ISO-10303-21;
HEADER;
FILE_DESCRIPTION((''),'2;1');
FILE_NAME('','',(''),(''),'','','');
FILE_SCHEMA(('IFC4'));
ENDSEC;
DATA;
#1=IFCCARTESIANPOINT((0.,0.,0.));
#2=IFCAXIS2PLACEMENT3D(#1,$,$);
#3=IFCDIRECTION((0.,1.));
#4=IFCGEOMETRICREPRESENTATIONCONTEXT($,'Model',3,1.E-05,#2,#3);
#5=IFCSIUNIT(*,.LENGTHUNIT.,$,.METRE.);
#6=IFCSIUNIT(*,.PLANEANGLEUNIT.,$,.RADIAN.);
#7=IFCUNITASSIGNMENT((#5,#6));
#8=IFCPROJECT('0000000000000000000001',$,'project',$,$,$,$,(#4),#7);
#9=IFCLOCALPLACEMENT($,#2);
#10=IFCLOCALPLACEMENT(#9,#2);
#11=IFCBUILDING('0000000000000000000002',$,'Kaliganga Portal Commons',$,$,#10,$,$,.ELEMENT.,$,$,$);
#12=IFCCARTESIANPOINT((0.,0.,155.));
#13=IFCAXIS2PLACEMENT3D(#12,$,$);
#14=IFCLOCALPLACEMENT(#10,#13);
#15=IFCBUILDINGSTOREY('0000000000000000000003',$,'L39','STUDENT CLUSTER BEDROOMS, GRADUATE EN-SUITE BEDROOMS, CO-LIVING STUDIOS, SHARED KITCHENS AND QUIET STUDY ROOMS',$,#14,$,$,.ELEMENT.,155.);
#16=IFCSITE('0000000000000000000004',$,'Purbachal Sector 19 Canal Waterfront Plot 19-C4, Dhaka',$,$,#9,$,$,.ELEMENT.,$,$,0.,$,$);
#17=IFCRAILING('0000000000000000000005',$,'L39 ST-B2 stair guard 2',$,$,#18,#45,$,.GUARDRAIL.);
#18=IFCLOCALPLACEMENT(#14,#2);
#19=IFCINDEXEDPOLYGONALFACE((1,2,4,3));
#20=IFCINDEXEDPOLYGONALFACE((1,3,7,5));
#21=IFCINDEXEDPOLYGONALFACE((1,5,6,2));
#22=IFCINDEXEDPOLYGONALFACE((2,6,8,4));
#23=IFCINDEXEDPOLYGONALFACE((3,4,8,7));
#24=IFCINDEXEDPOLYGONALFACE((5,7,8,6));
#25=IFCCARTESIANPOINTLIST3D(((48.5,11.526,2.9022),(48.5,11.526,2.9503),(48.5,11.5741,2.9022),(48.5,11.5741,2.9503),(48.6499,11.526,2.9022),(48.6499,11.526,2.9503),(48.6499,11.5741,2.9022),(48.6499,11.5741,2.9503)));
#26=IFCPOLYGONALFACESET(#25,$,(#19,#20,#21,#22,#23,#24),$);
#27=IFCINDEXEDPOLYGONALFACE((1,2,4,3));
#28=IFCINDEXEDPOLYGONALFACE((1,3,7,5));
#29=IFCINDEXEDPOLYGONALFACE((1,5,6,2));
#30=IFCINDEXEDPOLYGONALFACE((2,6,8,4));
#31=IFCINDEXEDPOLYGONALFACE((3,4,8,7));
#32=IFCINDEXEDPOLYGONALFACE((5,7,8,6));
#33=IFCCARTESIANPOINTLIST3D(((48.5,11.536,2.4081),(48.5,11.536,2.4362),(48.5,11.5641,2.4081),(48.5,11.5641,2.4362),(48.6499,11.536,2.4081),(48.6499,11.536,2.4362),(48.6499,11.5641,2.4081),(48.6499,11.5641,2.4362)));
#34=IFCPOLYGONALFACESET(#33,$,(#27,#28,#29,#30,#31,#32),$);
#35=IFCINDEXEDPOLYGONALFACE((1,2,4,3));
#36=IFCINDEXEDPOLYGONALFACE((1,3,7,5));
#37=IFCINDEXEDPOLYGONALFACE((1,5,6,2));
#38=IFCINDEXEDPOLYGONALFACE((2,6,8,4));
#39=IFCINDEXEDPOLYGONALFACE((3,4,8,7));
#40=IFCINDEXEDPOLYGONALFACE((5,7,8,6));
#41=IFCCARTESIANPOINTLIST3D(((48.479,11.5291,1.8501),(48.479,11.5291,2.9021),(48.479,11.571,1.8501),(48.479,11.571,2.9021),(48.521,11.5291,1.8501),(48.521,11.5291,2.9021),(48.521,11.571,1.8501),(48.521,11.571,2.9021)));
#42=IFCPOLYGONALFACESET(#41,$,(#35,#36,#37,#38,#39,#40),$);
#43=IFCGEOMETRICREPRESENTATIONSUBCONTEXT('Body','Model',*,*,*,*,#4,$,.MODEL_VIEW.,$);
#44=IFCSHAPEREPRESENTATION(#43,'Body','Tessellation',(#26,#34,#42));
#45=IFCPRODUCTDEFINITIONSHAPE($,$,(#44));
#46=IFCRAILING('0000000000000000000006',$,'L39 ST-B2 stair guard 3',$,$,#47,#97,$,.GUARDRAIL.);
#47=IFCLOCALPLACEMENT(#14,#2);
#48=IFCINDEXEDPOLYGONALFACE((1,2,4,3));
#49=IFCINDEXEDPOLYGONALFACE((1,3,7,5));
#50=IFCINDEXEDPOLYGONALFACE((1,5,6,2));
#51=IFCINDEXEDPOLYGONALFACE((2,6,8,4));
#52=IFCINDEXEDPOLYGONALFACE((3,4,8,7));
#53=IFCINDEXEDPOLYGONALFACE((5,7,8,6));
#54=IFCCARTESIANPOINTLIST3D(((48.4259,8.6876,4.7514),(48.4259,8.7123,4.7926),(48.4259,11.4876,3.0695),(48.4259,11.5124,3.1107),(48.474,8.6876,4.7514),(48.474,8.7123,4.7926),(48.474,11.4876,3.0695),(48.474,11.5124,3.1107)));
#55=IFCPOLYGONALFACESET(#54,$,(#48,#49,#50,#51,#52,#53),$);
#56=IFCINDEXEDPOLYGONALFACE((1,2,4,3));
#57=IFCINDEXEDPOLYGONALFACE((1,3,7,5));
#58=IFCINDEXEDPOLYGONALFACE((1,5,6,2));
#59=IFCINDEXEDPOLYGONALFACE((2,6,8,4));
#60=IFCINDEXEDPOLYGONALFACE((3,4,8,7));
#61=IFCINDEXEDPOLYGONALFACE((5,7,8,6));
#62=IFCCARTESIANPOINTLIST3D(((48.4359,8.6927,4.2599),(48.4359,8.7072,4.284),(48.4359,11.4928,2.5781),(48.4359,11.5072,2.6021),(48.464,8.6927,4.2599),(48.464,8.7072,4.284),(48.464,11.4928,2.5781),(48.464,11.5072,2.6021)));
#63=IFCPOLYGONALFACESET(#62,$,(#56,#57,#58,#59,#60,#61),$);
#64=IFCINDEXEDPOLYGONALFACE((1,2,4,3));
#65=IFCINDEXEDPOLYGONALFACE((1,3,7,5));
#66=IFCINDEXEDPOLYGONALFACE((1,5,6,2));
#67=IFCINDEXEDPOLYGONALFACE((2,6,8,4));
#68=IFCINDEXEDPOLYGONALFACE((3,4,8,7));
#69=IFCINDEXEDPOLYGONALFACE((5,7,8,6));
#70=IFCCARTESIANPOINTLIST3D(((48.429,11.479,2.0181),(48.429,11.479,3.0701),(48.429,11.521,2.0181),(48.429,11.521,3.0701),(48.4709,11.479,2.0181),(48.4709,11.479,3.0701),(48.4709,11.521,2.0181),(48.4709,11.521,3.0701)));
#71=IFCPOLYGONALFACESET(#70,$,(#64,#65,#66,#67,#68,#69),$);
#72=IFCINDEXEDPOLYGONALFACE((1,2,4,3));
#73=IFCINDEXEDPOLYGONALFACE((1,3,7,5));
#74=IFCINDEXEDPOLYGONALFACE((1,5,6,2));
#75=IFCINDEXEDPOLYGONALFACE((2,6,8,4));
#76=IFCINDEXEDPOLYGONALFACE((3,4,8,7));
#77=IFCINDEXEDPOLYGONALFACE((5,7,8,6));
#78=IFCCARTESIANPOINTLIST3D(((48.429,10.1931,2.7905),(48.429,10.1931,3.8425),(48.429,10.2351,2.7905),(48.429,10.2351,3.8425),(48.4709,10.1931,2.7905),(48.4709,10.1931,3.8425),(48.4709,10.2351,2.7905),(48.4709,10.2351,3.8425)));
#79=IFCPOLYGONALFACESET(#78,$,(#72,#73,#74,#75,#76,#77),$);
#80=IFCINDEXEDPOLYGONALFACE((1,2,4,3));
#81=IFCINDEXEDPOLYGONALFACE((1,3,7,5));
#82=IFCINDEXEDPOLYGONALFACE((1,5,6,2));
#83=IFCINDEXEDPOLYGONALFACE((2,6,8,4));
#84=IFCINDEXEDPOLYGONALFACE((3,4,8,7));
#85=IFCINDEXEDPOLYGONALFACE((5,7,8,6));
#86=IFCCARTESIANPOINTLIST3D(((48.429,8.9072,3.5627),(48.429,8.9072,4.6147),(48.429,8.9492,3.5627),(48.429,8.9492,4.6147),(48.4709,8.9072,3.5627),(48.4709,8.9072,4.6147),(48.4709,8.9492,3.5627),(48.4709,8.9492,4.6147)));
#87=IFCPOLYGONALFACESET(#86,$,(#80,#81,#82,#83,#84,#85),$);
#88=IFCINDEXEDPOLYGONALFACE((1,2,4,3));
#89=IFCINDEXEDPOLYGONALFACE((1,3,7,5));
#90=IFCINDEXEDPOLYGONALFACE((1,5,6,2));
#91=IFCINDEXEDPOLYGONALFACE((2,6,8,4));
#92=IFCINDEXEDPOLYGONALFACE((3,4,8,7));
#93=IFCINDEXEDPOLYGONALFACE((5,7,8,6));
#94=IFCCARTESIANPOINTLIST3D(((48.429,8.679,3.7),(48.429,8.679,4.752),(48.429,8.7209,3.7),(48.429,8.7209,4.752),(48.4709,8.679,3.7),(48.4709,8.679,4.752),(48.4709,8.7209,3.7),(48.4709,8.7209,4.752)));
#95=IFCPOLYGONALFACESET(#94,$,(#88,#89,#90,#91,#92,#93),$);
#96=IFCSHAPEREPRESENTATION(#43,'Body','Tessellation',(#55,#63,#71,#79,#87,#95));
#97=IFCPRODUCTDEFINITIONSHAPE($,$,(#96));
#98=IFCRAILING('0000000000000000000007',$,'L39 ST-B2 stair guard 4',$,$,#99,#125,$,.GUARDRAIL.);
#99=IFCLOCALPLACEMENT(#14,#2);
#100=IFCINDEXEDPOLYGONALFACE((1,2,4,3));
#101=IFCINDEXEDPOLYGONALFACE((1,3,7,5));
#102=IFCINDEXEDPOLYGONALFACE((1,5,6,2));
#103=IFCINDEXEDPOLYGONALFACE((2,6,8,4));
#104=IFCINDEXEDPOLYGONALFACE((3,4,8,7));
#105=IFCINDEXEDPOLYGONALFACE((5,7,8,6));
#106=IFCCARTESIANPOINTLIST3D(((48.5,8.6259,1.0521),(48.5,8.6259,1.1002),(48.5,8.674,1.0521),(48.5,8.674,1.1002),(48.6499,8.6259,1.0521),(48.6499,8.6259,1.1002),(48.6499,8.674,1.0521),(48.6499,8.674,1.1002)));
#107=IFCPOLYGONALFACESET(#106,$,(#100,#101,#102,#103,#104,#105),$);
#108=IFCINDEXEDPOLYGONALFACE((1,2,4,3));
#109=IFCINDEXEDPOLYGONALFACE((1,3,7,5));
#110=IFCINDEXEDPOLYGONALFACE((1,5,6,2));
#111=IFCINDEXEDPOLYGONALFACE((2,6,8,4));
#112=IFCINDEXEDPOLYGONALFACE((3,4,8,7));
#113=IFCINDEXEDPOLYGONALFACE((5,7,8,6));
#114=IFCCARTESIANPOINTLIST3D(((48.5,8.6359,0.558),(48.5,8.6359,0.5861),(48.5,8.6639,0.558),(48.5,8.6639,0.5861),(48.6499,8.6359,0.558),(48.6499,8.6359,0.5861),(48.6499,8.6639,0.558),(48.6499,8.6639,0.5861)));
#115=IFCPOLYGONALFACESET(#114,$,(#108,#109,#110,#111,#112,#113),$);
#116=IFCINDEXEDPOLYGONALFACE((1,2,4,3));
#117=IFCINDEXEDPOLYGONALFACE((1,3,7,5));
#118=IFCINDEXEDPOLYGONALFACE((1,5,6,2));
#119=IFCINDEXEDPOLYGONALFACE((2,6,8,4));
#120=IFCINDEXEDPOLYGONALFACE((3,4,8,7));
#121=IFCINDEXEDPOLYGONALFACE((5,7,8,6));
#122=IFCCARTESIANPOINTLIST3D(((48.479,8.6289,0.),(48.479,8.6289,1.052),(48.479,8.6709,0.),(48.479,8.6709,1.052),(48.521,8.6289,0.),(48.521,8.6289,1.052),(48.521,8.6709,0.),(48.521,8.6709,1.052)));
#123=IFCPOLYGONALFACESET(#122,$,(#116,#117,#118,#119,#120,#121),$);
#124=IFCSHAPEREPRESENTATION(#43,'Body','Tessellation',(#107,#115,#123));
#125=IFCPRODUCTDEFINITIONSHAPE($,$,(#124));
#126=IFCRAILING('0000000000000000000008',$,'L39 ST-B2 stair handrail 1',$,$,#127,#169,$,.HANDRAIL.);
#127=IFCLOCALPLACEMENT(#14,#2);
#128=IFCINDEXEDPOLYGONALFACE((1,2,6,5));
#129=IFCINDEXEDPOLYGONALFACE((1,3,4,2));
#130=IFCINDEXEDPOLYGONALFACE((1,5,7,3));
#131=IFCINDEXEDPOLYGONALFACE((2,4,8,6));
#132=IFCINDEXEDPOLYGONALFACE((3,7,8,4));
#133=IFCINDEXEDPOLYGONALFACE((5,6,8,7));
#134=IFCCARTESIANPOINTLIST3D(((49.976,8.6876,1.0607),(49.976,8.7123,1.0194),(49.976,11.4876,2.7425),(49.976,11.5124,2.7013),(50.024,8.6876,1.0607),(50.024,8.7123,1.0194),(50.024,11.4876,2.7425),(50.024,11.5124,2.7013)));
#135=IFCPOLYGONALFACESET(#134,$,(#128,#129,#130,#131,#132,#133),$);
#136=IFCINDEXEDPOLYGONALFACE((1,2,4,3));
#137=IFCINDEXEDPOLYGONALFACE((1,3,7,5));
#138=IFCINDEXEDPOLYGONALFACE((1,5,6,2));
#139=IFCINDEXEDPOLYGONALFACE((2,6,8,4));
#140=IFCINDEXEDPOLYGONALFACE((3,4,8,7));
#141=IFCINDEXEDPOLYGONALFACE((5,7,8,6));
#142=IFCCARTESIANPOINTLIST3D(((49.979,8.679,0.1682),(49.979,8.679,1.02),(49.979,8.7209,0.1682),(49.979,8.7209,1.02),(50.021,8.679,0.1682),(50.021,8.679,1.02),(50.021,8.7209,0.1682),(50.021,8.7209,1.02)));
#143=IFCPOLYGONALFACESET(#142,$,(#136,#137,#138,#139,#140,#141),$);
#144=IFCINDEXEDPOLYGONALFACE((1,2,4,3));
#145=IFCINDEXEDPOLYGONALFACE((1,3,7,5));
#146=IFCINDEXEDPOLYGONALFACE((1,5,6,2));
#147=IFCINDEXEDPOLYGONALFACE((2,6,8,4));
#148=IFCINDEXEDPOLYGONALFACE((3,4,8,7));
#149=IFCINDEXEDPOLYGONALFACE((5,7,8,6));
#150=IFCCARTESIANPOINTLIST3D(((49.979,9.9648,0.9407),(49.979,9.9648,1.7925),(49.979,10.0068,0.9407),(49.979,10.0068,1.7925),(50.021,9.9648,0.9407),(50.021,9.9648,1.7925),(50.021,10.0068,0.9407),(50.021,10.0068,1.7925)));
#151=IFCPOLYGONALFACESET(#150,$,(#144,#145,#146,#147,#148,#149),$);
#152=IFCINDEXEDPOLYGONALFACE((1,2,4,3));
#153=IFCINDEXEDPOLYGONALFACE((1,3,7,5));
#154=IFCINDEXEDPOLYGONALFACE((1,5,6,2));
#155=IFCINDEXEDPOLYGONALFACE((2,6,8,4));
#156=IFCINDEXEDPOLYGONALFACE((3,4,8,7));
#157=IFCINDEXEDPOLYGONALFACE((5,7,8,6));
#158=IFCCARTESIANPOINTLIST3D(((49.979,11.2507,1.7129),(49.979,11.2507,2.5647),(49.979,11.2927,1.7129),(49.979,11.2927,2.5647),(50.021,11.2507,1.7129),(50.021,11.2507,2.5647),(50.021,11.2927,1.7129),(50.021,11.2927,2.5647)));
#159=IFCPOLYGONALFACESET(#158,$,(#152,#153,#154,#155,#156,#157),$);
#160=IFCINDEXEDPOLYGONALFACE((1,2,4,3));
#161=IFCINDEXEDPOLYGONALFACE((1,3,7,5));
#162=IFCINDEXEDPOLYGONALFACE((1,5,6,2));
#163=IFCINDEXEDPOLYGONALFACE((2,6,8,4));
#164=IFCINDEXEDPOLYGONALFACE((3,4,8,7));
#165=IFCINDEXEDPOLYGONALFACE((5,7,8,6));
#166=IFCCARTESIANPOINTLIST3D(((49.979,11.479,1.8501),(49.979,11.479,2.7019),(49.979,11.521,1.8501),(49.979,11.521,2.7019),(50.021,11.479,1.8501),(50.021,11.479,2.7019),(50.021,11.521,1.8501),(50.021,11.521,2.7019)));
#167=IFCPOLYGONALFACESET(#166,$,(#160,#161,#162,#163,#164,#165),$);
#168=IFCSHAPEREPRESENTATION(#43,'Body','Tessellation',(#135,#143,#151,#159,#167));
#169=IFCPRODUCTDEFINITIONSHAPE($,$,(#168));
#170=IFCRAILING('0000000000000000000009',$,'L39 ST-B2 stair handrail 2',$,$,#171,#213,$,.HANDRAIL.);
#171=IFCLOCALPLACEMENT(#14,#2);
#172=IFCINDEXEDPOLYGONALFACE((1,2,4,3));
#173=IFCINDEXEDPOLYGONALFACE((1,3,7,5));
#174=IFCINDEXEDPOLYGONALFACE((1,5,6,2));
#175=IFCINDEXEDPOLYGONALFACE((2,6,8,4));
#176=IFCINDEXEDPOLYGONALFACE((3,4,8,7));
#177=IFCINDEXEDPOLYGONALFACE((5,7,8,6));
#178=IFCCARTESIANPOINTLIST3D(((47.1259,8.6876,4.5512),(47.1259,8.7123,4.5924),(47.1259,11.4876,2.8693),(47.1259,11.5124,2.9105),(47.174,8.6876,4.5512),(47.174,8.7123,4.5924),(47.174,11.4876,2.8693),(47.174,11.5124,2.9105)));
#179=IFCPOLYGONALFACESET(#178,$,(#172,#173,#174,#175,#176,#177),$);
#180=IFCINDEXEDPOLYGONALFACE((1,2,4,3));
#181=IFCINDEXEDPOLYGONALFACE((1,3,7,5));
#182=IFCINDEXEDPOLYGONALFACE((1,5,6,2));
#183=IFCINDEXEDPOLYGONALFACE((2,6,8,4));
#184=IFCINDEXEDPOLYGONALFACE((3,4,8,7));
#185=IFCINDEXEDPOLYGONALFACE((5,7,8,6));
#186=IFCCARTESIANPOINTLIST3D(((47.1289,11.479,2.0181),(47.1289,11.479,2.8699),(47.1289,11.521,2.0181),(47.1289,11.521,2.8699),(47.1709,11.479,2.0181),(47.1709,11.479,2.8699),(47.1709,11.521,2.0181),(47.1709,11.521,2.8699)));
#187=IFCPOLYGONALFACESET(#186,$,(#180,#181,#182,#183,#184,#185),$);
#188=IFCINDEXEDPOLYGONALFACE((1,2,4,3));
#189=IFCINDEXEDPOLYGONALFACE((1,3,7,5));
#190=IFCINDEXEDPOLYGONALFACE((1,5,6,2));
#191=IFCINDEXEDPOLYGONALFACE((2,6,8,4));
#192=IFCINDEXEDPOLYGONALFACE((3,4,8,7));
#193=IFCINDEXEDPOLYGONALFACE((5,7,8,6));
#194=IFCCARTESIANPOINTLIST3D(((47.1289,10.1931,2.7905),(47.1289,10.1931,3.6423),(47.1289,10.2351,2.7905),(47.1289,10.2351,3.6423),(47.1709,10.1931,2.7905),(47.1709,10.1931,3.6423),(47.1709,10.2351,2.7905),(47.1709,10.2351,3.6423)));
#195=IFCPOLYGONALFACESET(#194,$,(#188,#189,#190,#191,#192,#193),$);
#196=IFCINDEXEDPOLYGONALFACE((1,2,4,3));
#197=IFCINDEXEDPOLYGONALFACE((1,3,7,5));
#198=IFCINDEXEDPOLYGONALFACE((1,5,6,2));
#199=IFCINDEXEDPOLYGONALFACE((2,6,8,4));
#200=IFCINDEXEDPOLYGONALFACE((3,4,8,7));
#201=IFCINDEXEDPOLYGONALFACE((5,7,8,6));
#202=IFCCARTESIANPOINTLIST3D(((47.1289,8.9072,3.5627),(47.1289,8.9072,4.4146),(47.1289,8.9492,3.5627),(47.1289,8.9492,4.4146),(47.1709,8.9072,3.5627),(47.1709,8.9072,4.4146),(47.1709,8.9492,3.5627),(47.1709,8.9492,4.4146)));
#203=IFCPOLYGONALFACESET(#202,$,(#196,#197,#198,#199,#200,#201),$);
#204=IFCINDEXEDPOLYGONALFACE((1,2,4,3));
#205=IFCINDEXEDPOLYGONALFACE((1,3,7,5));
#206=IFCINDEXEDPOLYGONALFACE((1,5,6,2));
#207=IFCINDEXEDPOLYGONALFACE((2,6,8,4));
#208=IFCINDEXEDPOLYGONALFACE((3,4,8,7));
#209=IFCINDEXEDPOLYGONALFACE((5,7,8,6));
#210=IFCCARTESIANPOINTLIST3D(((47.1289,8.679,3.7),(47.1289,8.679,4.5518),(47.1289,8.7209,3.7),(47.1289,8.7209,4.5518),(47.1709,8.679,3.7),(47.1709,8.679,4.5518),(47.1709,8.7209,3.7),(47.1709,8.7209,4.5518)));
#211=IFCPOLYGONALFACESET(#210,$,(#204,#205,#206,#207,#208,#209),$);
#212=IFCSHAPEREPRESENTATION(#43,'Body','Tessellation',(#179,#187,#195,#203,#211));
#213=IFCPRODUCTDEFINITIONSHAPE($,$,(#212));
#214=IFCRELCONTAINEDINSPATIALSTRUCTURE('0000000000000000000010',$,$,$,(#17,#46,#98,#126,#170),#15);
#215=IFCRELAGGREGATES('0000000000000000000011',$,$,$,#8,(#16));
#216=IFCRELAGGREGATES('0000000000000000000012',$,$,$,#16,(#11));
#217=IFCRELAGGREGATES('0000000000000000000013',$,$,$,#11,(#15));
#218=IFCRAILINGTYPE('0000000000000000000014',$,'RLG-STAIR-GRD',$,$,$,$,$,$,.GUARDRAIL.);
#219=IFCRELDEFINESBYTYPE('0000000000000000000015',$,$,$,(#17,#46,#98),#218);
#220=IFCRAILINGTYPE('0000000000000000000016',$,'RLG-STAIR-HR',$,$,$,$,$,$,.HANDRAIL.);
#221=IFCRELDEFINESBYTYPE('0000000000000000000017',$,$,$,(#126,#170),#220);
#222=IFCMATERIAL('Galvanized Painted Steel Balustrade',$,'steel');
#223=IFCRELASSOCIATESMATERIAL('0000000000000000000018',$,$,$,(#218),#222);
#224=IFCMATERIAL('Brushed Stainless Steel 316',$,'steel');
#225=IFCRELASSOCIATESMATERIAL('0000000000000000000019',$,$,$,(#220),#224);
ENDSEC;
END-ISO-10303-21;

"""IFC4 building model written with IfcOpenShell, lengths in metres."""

from ifc_helpers import new_model, si_unit, direction, frame, origin, origin_2d, place, context, subcontext, project, spatial, rectangle, extrude, material, type_object, element, save


model = new_model("IFC4")

# Units and contexts
model_context = context("Model", 3, precision=1e-05, world=origin(), true_north=direction((0.0, 1.0)))
body_context = subcontext(model_context, "Body", "Model", "MODEL_VIEW")
ifc_project = project(units=[si_unit("LENGTHUNIT", "METRE"), si_unit("PLANEANGLEUNIT", "RADIAN")], contexts=[model_context])

# Site, building, storey
site_placement = place(None, origin())
site = spatial("IfcSite", under=ifc_project, at=site_placement, Name="Purbachal Sector 19 Canal Waterfront Plot 19-C4, Dhaka", CompositionType="ELEMENT", RefElevation=0.0)
building_placement = place(site_placement, origin())
building = spatial("IfcBuilding", under=site, at=building_placement, Name="Kaliganga Portal Commons", CompositionType="ELEMENT")
storey_placement = place(building_placement, frame((0.0, 0.0, 155.0)))
storey = spatial("IfcBuildingStorey", under=building, at=storey_placement, Name="L39", Description="STUDENT CLUSTER BEDROOMS, GRADUATE EN-SUITE BEDROOMS, CO-LIVING STUDIOS, SHARED KITCHENS AND QUIET STUDY ROOMS", CompositionType="ELEMENT", Elevation=155.0)

# Railings
ifc_material_1 = material(Name="Galvanized Painted Steel Balustrade", Category="steel")
railing_type_1 = type_object("IfcRailingType", Name="RLG-STAIR-GRD", PredefinedType="GUARDRAIL", material=ifc_material_1)
railing_1_placement = place(storey_placement, frame((48.6499, 11.55, 1.8501)))
element("IfcRailing", 1, at=railing_1_placement, inside=storey, type_object=railing_type_1, Name="L39 ST-B2 stair guard 2", PredefinedType="GUARDRAIL", context=body_context, shape_type="SweptSolid", body=[
    extrude(rectangle(XDim=0.0481, YDim=0.0481, at=origin_2d()), frame((0.0, 0.0, 1.0762), z_axis=(-1.0, 0.0, 0.0), x_axis=(0.0, -1.0, 0.0)), (0.0, 0.0, 1.0), 0.1499),
    extrude(rectangle(XDim=0.0281, YDim=0.0281, at=origin_2d()), frame((0.0, 0.0, 0.572), z_axis=(-1.0, 0.0, 0.0), x_axis=(0.0, -1.0, 0.0)), (0.0, 0.0, 1.0), 0.1499),
    extrude(rectangle(XDim=0.042, YDim=0.042, at=origin_2d()), frame((-0.1499, 0.0, 0.0)), (0.0, 0.0, 1.0), 1.052),
])
railing_2_placement = place(storey_placement, frame((48.45, 11.5, 2.0181)))
element("IfcRailing", 2, at=railing_2_placement, inside=storey, type_object=railing_type_1, Name="L39 ST-B2 stair guard 3", PredefinedType="GUARDRAIL", context=body_context, shape_type="SweptSolid", body=[
    extrude(rectangle(XDim=0.0481, YDim=0.0481, at=origin_2d()), frame((0.0, 0.0, 1.072), z_axis=(0.0, -0.857242, 0.514913), x_axis=(1.0, 0.0, 0.0)), (0.0, 0.0, 1.0), 3.2664),
    extrude(rectangle(XDim=0.0281, YDim=0.0281, at=origin_2d()), frame((0.0, 0.0, 0.572), z_axis=(0.0, -0.857242, 0.514913), x_axis=(1.0, 0.0, 0.0)), (0.0, 0.0, 1.0), 3.2664),
    extrude(rectangle(XDim=0.042, YDim=0.042, at=origin_2d()), origin(), (0.0, 0.0, 1.0), 1.052),
    extrude(rectangle(XDim=0.042, YDim=0.042, at=origin_2d()), frame((0.0, -1.2859, 0.7725)), (0.0, 0.0, 1.0), 1.052),
    extrude(rectangle(XDim=0.042, YDim=0.042, at=origin_2d()), frame((0.0, -2.5718, 1.5447)), (0.0, 0.0, 1.0), 1.052),
    extrude(rectangle(XDim=0.042, YDim=0.042, at=origin_2d()), frame((0.0, -2.8, 1.6819)), (0.0, 0.0, 1.0), 1.052),
])
railing_3_placement = place(storey_placement, frame((48.6499, 8.6499, 0.0)))
element("IfcRailing", 3, at=railing_3_placement, inside=storey, type_object=railing_type_1, Name="L39 ST-B2 stair guard 4", PredefinedType="GUARDRAIL", context=body_context, shape_type="SweptSolid", body=[
    extrude(rectangle(XDim=0.0481, YDim=0.0481, at=origin_2d()), frame((0.0, 0.0, 1.0762), z_axis=(-1.0, 0.0, 0.0), x_axis=(0.0, -1.0, 0.0)), (0.0, 0.0, 1.0), 0.1499),
    extrude(rectangle(XDim=0.0281, YDim=0.0281, at=origin_2d()), frame((0.0, 0.0, 0.572), z_axis=(-1.0, 0.0, 0.0), x_axis=(0.0, -1.0, 0.0)), (0.0, 0.0, 1.0), 0.1499),
    extrude(rectangle(XDim=0.042, YDim=0.042, at=origin_2d()), frame((-0.1499, 0.0, 0.0)), (0.0, 0.0, 1.0), 1.052),
])
ifc_material_2 = material(Name="Brushed Stainless Steel 316", Category="steel")
railing_type_2 = type_object("IfcRailingType", Name="RLG-STAIR-HR", PredefinedType="HANDRAIL", material=ifc_material_2)
railing_4_placement = place(storey_placement, frame((50.0, 8.7, 0.1682)))
element("IfcRailing", 4, at=railing_4_placement, inside=storey, type_object=railing_type_2, Name="L39 ST-B2 stair handrail 1", PredefinedType="HANDRAIL", context=body_context, shape_type="SweptSolid", body=[
    extrude(rectangle(XDim=0.0481, YDim=0.0481, at=origin_2d()), frame((0.0, 0.0, 0.8718), z_axis=(0.0, 0.857242, 0.514913), x_axis=(-1.0, 0.0, 0.0)), (0.0, 0.0, 1.0), 3.2664),
    extrude(rectangle(XDim=0.042, YDim=0.042, at=origin_2d()), origin(), (0.0, 0.0, 1.0), 0.8518),
    extrude(rectangle(XDim=0.042, YDim=0.042, at=origin_2d()), frame((0.0, 1.2859, 0.7725)), (0.0, 0.0, 1.0), 0.8518),
    extrude(rectangle(XDim=0.042, YDim=0.042, at=origin_2d()), frame((0.0, 2.5718, 1.5447)), (0.0, 0.0, 1.0), 0.8518),
    extrude(rectangle(XDim=0.042, YDim=0.042, at=origin_2d()), frame((0.0, 2.8, 1.6819)), (0.0, 0.0, 1.0), 0.8518),
])
railing_5_placement = place(storey_placement, frame((47.1499, 11.5, 2.0181)))
element("IfcRailing", 5, at=railing_5_placement, inside=storey, type_object=railing_type_2, Name="L39 ST-B2 stair handrail 2", PredefinedType="HANDRAIL", context=body_context, shape_type="SweptSolid", body=[
    extrude(rectangle(XDim=0.0481, YDim=0.0481, at=origin_2d()), frame((0.0, 0.0, 0.8718), z_axis=(0.0, -0.857242, 0.514913), x_axis=(1.0, 0.0, 0.0)), (0.0, 0.0, 1.0), 3.2664),
    extrude(rectangle(XDim=0.042, YDim=0.042, at=origin_2d()), origin(), (0.0, 0.0, 1.0), 0.8518),
    extrude(rectangle(XDim=0.042, YDim=0.042, at=origin_2d()), frame((0.0, -1.2859, 0.7725)), (0.0, 0.0, 1.0), 0.8518),
    extrude(rectangle(XDim=0.042, YDim=0.042, at=origin_2d()), frame((0.0, -2.5718, 1.5447)), (0.0, 0.0, 1.0), 0.8518),
    extrude(rectangle(XDim=0.042, YDim=0.042, at=origin_2d()), frame((0.0, -2.8, 1.6819)), (0.0, 0.0, 1.0), 0.8518),
])

save(model, "model.ifc")
